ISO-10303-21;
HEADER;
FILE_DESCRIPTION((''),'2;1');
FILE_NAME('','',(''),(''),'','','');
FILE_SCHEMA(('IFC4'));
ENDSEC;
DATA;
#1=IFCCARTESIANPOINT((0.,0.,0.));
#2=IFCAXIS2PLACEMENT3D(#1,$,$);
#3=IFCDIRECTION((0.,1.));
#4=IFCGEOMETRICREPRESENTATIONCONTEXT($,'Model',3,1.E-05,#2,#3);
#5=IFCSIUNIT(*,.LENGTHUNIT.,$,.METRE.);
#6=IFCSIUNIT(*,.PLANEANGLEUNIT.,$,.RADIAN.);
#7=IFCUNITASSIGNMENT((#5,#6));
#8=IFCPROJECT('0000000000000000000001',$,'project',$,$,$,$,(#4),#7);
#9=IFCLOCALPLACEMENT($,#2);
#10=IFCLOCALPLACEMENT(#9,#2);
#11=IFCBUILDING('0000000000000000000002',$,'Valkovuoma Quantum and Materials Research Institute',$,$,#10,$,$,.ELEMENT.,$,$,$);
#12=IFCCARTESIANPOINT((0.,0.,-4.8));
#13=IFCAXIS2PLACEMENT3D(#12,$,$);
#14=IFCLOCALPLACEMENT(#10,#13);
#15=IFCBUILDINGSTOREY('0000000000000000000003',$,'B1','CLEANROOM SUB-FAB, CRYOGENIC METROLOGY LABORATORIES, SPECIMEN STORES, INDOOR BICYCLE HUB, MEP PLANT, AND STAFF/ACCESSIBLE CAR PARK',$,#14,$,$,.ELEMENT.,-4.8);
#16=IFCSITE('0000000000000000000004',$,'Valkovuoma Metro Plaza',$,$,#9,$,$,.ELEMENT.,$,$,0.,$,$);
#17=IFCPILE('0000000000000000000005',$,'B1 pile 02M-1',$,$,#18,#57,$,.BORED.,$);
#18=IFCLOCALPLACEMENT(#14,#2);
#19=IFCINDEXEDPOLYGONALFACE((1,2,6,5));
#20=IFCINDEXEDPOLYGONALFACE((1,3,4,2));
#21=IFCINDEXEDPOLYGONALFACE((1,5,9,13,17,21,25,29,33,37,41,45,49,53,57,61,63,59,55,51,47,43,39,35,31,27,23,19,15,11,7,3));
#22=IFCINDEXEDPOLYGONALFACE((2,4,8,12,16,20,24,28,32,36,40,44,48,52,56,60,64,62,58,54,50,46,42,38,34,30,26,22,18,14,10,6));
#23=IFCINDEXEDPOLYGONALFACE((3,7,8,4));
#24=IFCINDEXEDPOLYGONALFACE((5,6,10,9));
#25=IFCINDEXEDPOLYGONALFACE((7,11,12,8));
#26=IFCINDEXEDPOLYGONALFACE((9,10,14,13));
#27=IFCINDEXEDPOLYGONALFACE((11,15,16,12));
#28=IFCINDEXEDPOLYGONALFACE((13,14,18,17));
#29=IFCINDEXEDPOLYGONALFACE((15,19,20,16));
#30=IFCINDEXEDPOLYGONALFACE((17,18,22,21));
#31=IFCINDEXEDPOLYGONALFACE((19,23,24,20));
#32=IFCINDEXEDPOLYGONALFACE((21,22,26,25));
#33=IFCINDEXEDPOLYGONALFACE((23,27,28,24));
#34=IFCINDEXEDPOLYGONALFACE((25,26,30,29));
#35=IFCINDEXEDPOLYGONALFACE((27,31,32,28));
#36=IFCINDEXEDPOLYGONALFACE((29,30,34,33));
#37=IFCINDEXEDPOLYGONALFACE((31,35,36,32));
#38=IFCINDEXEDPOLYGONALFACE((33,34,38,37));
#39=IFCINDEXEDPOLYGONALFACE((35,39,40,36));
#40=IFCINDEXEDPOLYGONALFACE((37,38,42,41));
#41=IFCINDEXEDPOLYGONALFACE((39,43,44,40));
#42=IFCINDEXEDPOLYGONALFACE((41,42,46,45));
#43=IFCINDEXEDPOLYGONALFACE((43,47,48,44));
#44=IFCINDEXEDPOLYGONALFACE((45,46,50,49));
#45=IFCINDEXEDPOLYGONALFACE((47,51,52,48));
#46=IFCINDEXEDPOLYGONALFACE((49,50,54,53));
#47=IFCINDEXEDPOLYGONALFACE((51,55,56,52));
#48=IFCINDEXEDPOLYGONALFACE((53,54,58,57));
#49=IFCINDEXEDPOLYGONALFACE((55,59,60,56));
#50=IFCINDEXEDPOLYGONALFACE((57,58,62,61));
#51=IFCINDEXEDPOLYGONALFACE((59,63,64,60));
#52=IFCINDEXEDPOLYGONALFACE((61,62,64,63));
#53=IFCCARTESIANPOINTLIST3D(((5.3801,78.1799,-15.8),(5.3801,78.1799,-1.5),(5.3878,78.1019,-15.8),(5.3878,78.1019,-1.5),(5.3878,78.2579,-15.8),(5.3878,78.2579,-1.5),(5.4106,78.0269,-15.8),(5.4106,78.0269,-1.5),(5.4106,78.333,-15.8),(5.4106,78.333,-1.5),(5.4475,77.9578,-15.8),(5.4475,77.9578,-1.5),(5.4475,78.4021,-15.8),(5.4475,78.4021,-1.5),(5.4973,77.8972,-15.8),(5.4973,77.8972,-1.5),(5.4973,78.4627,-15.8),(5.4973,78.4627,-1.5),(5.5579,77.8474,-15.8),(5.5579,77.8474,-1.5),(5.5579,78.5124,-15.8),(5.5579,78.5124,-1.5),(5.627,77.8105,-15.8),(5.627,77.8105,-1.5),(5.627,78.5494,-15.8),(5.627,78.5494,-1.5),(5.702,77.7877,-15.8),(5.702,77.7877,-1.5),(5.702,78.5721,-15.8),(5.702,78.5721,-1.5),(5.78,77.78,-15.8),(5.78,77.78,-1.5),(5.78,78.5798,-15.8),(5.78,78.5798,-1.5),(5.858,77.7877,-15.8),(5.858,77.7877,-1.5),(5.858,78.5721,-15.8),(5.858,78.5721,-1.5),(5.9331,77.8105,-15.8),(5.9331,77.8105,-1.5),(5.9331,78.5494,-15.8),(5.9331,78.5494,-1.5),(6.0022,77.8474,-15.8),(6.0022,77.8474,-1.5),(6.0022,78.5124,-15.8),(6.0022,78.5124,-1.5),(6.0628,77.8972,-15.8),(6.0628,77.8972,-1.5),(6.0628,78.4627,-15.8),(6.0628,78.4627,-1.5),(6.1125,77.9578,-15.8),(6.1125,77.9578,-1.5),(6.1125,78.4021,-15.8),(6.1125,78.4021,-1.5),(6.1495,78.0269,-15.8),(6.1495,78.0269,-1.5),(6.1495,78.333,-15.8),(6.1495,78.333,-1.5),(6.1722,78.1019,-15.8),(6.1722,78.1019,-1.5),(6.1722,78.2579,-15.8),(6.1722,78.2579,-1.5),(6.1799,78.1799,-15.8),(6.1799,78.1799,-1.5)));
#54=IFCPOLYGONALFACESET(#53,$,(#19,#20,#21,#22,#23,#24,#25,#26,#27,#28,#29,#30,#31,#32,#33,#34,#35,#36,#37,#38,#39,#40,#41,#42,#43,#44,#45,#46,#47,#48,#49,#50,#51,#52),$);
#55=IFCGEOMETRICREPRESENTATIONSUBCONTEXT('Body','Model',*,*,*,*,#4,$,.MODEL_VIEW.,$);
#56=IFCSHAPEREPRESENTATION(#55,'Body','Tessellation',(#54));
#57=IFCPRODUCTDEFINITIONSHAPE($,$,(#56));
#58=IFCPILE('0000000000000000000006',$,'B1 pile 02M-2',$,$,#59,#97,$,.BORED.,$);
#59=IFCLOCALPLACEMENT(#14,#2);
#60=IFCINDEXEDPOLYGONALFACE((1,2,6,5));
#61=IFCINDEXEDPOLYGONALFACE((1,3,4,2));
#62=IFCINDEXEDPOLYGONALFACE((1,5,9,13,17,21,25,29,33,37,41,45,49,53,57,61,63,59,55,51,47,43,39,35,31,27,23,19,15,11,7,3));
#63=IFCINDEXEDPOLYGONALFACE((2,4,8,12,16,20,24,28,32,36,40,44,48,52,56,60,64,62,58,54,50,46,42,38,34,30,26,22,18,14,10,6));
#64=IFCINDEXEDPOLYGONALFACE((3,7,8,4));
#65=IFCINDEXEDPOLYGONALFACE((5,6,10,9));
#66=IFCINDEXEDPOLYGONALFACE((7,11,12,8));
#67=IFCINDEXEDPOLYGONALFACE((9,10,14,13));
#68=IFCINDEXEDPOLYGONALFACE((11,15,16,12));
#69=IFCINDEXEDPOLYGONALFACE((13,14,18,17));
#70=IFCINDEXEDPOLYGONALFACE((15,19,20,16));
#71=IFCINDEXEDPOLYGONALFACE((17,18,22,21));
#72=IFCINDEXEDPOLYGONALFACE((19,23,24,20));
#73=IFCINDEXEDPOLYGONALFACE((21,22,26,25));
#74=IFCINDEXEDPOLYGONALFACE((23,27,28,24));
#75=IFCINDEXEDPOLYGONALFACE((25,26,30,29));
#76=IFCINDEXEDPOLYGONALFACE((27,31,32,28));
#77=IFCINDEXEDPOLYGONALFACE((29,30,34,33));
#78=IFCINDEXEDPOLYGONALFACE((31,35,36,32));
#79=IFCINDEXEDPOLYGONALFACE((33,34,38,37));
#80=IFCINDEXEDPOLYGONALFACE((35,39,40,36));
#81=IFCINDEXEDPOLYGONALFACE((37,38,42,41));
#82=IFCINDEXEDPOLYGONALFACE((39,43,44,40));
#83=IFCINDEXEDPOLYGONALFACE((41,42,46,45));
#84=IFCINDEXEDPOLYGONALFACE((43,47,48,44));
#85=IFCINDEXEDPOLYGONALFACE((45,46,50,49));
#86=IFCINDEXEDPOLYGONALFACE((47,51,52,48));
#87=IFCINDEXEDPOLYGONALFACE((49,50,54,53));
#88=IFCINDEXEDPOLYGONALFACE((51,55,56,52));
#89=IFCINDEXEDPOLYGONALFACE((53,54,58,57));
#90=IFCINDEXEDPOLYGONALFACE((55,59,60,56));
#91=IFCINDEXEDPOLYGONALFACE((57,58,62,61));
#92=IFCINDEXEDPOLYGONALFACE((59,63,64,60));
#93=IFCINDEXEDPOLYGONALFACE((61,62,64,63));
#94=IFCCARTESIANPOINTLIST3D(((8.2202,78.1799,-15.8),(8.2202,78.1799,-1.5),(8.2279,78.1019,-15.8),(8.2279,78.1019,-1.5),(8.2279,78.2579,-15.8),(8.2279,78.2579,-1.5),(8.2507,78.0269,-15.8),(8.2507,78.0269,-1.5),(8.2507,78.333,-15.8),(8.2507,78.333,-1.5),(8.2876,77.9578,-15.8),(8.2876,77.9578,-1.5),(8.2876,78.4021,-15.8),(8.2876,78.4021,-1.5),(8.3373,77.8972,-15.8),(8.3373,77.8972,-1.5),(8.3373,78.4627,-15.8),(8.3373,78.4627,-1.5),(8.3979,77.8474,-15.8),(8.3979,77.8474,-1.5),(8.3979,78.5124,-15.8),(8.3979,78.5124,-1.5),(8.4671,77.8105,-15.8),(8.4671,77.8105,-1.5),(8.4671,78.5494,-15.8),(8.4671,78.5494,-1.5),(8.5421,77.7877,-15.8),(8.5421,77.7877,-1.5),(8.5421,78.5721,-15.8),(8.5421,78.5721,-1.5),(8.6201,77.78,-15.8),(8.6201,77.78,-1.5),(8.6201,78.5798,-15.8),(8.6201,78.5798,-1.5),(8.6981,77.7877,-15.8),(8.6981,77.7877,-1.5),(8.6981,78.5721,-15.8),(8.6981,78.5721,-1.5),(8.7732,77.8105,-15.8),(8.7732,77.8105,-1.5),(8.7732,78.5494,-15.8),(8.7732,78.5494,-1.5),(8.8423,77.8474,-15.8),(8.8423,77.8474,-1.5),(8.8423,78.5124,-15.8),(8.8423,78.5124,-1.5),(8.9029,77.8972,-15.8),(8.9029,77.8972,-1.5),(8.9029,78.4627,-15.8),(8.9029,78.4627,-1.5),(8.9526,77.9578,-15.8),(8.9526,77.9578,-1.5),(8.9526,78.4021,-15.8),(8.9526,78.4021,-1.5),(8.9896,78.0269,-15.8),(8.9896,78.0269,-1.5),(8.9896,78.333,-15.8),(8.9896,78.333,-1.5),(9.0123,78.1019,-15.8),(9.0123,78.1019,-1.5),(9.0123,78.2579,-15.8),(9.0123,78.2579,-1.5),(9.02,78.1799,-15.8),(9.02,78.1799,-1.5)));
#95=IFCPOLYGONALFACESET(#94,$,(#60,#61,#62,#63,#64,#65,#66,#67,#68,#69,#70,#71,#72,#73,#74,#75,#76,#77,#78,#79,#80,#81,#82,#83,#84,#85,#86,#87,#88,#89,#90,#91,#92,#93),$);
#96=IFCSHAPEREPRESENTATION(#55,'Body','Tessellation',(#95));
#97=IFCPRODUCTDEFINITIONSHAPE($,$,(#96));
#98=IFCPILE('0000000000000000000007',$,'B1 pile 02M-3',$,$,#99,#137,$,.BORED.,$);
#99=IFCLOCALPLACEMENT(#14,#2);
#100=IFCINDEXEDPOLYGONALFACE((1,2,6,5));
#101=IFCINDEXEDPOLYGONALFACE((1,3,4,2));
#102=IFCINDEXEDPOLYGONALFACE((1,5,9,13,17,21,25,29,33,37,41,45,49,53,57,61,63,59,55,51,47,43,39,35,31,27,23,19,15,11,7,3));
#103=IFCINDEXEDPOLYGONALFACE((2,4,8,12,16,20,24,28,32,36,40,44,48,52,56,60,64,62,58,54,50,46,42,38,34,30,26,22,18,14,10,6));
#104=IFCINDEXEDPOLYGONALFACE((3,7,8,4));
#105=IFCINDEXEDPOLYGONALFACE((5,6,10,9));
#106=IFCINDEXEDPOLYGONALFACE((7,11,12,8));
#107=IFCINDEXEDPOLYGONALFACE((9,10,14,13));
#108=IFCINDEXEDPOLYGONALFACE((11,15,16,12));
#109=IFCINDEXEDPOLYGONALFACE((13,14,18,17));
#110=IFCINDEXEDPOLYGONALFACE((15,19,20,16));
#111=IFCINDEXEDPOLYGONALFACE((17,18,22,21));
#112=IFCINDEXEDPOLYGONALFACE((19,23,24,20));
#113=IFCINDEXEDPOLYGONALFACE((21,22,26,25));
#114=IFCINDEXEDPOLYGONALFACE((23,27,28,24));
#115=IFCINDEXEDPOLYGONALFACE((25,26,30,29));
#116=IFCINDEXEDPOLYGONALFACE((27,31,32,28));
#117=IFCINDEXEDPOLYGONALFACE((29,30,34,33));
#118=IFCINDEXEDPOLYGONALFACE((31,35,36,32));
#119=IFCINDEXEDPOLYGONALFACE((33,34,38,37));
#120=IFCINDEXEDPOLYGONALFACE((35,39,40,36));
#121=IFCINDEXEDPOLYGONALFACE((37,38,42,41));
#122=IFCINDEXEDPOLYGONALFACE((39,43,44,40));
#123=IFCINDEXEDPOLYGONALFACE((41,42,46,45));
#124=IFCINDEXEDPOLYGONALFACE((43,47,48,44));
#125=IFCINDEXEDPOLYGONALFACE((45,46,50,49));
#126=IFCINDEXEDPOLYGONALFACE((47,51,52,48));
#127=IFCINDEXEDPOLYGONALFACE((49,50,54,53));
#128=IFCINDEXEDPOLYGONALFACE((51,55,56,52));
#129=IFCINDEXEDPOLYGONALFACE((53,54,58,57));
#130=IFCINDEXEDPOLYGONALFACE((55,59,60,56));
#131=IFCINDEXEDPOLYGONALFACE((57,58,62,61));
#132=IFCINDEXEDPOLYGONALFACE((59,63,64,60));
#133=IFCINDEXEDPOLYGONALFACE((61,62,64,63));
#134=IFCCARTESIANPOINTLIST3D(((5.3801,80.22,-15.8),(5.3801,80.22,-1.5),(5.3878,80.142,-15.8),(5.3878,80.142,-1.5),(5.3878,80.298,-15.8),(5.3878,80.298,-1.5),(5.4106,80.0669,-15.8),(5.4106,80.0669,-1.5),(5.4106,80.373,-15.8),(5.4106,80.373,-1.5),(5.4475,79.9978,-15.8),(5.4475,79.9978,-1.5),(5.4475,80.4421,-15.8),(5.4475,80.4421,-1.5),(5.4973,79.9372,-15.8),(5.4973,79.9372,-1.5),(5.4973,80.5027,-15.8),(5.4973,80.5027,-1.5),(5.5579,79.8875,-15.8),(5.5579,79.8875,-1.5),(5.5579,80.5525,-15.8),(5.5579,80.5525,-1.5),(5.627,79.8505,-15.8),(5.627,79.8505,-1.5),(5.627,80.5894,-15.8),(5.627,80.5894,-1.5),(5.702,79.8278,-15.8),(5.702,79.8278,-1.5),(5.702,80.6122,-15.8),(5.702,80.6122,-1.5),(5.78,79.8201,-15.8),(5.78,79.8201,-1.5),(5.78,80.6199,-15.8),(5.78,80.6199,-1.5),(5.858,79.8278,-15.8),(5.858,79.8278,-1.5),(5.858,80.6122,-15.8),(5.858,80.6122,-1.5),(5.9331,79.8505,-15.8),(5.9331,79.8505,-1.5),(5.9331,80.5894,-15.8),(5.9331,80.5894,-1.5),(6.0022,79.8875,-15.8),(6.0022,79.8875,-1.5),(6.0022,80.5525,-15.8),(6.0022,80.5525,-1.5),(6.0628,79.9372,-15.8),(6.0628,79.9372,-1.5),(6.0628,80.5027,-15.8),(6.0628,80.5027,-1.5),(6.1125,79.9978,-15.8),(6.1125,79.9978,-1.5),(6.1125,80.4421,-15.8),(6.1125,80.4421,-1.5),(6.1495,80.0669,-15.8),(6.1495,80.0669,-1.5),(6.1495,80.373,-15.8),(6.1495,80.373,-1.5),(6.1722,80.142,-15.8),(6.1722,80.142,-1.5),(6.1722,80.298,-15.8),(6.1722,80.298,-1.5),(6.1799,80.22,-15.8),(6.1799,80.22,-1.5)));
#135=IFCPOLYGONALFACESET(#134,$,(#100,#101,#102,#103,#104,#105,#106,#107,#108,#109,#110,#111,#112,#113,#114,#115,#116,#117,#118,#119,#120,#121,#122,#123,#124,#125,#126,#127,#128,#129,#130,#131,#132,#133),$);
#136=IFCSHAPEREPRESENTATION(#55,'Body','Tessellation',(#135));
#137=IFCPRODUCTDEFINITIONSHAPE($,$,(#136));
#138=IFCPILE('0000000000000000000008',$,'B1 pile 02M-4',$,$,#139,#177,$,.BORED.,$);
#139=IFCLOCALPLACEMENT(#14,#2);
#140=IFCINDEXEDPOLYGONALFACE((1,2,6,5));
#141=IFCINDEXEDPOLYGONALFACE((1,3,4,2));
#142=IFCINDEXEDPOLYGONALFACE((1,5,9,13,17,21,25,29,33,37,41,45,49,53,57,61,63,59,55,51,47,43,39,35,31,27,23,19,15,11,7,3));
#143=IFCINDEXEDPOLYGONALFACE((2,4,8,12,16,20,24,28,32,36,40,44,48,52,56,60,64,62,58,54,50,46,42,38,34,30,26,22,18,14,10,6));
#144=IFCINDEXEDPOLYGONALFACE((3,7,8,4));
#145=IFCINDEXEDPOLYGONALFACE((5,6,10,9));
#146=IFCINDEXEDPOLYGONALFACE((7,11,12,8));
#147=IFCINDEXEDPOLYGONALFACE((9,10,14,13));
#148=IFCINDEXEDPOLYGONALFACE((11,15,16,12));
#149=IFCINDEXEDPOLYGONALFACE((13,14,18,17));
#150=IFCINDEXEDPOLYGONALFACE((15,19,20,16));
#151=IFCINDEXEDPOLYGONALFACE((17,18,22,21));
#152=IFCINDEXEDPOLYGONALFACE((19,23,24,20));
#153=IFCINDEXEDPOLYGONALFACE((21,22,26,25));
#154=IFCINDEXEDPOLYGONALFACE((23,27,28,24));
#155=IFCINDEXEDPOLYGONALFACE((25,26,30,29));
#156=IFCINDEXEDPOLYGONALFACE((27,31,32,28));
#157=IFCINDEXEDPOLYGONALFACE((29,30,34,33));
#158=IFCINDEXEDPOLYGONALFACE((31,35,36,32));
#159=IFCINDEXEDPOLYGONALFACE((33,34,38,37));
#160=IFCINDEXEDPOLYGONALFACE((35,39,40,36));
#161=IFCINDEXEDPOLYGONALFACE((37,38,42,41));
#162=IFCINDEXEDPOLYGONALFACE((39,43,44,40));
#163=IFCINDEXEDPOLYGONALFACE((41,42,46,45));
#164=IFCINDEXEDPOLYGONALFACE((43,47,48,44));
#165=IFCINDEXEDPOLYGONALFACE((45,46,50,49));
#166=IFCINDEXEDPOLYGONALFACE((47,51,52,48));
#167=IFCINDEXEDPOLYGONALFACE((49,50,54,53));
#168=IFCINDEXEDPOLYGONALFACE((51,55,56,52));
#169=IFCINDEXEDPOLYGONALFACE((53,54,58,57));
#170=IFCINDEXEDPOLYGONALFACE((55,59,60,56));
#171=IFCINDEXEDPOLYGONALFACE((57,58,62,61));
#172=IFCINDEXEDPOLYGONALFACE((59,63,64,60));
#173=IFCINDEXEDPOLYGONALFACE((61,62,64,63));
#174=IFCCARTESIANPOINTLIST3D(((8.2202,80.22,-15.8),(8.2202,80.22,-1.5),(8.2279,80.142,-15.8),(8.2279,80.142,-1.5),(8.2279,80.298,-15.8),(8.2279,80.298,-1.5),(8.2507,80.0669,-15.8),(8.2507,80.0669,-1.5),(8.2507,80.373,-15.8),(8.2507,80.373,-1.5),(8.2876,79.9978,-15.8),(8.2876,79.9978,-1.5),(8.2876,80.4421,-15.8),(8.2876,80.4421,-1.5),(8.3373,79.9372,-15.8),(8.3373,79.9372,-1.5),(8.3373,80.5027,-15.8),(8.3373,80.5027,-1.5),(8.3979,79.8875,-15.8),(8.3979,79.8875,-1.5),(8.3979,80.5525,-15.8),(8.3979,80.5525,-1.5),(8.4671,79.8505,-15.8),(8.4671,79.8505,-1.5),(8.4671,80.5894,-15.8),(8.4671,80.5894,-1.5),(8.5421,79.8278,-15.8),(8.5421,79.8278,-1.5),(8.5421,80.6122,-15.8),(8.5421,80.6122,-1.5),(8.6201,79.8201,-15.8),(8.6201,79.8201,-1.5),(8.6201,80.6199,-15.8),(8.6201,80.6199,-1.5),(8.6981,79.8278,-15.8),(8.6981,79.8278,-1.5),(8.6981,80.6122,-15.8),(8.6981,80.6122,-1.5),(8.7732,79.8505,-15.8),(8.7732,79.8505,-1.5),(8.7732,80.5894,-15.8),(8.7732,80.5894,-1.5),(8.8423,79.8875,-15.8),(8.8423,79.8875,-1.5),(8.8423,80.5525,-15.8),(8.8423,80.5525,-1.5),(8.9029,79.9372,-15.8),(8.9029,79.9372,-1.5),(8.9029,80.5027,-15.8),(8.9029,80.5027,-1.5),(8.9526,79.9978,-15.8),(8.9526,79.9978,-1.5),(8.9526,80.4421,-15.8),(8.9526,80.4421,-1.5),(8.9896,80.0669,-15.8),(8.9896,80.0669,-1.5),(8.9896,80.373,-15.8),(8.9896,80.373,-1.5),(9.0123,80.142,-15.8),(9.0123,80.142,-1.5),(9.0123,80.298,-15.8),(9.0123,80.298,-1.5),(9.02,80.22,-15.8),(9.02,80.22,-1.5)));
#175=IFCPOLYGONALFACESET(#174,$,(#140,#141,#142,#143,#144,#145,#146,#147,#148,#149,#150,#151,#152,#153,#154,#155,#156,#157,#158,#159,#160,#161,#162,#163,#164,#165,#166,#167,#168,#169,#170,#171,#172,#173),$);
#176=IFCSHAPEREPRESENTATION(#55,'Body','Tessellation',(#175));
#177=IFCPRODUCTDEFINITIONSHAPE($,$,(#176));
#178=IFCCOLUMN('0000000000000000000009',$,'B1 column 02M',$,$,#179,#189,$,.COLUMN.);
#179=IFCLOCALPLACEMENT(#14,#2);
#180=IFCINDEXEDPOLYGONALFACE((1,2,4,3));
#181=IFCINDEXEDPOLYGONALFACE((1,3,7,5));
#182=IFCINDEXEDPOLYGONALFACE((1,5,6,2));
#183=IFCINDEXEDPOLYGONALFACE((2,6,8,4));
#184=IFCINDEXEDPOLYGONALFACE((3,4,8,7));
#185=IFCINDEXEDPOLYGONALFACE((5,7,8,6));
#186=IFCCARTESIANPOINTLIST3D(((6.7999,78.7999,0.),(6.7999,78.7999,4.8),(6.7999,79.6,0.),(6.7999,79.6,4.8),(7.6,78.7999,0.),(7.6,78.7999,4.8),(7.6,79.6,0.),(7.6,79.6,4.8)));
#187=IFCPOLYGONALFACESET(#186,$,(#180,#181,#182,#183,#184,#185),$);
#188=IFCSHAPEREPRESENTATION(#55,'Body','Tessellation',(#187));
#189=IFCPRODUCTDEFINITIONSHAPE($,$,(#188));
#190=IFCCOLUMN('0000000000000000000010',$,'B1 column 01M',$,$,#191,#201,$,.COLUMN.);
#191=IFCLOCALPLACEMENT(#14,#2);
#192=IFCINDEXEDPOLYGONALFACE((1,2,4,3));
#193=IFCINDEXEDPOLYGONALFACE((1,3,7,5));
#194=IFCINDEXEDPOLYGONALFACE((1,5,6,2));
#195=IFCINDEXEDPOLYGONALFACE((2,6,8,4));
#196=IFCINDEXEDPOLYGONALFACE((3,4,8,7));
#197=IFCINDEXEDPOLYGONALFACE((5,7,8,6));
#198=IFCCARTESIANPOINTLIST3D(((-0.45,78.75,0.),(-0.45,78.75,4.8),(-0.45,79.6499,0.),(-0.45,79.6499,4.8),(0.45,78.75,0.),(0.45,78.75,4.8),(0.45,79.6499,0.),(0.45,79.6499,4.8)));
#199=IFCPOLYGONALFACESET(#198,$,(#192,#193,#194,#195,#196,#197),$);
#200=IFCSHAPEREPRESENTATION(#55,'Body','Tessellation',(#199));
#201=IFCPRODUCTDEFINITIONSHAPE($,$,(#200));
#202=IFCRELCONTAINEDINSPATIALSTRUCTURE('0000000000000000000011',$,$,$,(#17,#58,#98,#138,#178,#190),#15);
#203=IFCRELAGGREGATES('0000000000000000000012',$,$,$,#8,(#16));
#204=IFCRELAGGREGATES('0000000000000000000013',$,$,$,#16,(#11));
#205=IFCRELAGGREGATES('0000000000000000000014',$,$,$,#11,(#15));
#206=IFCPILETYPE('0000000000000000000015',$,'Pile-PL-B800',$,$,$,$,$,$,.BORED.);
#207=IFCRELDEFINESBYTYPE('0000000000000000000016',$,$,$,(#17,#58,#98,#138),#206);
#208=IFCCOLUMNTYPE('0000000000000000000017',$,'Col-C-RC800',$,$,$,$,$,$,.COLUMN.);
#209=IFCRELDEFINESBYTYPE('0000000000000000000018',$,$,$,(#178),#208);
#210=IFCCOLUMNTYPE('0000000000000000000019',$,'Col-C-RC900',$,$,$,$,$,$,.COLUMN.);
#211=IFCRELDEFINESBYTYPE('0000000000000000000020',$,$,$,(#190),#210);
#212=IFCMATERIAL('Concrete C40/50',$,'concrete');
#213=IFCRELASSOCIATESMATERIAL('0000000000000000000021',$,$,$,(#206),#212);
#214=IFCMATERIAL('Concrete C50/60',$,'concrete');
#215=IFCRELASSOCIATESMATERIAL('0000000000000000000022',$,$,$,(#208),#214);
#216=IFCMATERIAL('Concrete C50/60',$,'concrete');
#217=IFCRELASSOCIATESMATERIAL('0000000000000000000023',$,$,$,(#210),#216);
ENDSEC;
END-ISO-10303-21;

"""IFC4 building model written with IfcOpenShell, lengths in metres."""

from ifc_helpers import new_model, si_unit, direction, frame, origin, origin_2d, place, context, subcontext, project, spatial, rectangle, circle, extrude, material, material_profile, profile_set, type_object, element, save


model = new_model("IFC4")

# Units and contexts
model_context = context("Model", 3, precision=1e-05, world=origin(), true_north=direction((0.0, 1.0)))
body_context = subcontext(model_context, "Body", "Model", "MODEL_VIEW")
ifc_project = project(units=[si_unit("LENGTHUNIT", "METRE"), si_unit("PLANEANGLEUNIT", "RADIAN")], contexts=[model_context])

# Site, building, storey
site_placement = place(None, origin())
site = spatial("IfcSite", under=ifc_project, at=site_placement, Name="Valkovuoma Metro Plaza", CompositionType="ELEMENT", RefElevation=0.0)
building_placement = place(site_placement, origin())
building = spatial("IfcBuilding", under=site, at=building_placement, Name="Valkovuoma Quantum and Materials Research Institute", CompositionType="ELEMENT")
storey_placement = place(building_placement, frame((0.0, 0.0, -4.8)))
storey = spatial("IfcBuildingStorey", under=building, at=storey_placement, Name="B1", Description="CLEANROOM SUB-FAB, CRYOGENIC METROLOGY LABORATORIES, SPECIMEN STORES, INDOOR BICYCLE HUB, MEP PLANT, AND STAFF/ACCESSIBLE CAR PARK", CompositionType="ELEMENT", Elevation=-4.8)

# Piles
ifc_material_1 = material(Name="Concrete C40/50", Category="concrete")
ifc_material_profile_1 = material_profile(ifc_material_1, circle(Radius=0.3999, at=origin_2d()), Name="Concrete C40/50")
ifc_profile_set_1 = profile_set([ifc_material_profile_1], Name="Concrete C40/50")
pile_type_1 = type_object("IfcPileType", Name="Pile-PL-B800", PredefinedType="BORED", material=ifc_profile_set_1)
for number, where, z_axis, x_axis, name in (
    (1, (5.78, 78.1799, -1.5), (0.0, 0.0, -1.0), (1.0, 0.0, 0.0), "B1 pile 02M-1"),
    (2, (8.6201, 78.1799, -1.5), (0.0, 0.0, -1.0), (1.0, 0.0, 0.0), "B1 pile 02M-2"),
    (3, (5.78, 80.22, -1.5), (0.0, 0.0, -1.0), (1.0, 0.0, 0.0), "B1 pile 02M-3"),
    (4, (8.6201, 80.22, -1.5), (0.0, 0.0, -1.0), (1.0, 0.0, 0.0), "B1 pile 02M-4"),
):
    element("IfcPile", number, at=place(storey_placement, frame(where, z_axis=z_axis, x_axis=x_axis)), inside=storey, type_object=pile_type_1, Name=name, PredefinedType="BORED", context=body_context, shape_type="SweptSolid", body=[
        extrude(circle(Radius=0.3999, at=origin_2d()), origin(), (0.0, 0.0, 1.0), 14.3),
    ])

# Columns
ifc_material_2 = material(Name="Concrete C50/60", Category="concrete")
ifc_material_profile_2 = material_profile(ifc_material_2, rectangle(XDim=0.8, YDim=0.8, at=origin_2d()), Name="Concrete C50/60")
ifc_profile_set_2 = profile_set([ifc_material_profile_2], Name="Concrete C50/60")
column_type_1 = type_object("IfcColumnType", Name="Col-C-RC800", PredefinedType="COLUMN", material=ifc_profile_set_2)
column_1_placement = place(storey_placement, frame((7.2, 79.2, 0.0), z_axis=(0.0, 0.0, 1.0), x_axis=(1.0, 0.0, 0.0)))
element("IfcColumn", 5, at=column_1_placement, inside=storey, type_object=column_type_1, Name="B1 column 02M", PredefinedType="COLUMN", context=body_context, shape_type="SweptSolid", body=[
    extrude(rectangle(XDim=0.8, YDim=0.8, at=origin_2d()), origin(), (0.0, 0.0, 1.0), 4.8),
])
ifc_material_3 = material(Name="Concrete C50/60", Category="concrete")
ifc_material_profile_3 = material_profile(ifc_material_3, rectangle(XDim=0.8999, YDim=0.8999, at=origin_2d()), Name="Concrete C50/60")
ifc_profile_set_3 = profile_set([ifc_material_profile_3], Name="Concrete C50/60")
column_type_2 = type_object("IfcColumnType", Name="Col-C-RC900", PredefinedType="COLUMN", material=ifc_profile_set_3)
column_2_placement = place(storey_placement, frame((0.0, 79.2, 0.0), z_axis=(0.0, 0.0, 1.0), x_axis=(1.0, 0.0, 0.0)))
element("IfcColumn", 6, at=column_2_placement, inside=storey, type_object=column_type_2, Name="B1 column 01M", PredefinedType="COLUMN", context=body_context, shape_type="SweptSolid", body=[
    extrude(rectangle(XDim=0.8999, YDim=0.8999, at=origin_2d()), origin(), (0.0, 0.0, 1.0), 4.8),
])

save(model, "model.ifc")
